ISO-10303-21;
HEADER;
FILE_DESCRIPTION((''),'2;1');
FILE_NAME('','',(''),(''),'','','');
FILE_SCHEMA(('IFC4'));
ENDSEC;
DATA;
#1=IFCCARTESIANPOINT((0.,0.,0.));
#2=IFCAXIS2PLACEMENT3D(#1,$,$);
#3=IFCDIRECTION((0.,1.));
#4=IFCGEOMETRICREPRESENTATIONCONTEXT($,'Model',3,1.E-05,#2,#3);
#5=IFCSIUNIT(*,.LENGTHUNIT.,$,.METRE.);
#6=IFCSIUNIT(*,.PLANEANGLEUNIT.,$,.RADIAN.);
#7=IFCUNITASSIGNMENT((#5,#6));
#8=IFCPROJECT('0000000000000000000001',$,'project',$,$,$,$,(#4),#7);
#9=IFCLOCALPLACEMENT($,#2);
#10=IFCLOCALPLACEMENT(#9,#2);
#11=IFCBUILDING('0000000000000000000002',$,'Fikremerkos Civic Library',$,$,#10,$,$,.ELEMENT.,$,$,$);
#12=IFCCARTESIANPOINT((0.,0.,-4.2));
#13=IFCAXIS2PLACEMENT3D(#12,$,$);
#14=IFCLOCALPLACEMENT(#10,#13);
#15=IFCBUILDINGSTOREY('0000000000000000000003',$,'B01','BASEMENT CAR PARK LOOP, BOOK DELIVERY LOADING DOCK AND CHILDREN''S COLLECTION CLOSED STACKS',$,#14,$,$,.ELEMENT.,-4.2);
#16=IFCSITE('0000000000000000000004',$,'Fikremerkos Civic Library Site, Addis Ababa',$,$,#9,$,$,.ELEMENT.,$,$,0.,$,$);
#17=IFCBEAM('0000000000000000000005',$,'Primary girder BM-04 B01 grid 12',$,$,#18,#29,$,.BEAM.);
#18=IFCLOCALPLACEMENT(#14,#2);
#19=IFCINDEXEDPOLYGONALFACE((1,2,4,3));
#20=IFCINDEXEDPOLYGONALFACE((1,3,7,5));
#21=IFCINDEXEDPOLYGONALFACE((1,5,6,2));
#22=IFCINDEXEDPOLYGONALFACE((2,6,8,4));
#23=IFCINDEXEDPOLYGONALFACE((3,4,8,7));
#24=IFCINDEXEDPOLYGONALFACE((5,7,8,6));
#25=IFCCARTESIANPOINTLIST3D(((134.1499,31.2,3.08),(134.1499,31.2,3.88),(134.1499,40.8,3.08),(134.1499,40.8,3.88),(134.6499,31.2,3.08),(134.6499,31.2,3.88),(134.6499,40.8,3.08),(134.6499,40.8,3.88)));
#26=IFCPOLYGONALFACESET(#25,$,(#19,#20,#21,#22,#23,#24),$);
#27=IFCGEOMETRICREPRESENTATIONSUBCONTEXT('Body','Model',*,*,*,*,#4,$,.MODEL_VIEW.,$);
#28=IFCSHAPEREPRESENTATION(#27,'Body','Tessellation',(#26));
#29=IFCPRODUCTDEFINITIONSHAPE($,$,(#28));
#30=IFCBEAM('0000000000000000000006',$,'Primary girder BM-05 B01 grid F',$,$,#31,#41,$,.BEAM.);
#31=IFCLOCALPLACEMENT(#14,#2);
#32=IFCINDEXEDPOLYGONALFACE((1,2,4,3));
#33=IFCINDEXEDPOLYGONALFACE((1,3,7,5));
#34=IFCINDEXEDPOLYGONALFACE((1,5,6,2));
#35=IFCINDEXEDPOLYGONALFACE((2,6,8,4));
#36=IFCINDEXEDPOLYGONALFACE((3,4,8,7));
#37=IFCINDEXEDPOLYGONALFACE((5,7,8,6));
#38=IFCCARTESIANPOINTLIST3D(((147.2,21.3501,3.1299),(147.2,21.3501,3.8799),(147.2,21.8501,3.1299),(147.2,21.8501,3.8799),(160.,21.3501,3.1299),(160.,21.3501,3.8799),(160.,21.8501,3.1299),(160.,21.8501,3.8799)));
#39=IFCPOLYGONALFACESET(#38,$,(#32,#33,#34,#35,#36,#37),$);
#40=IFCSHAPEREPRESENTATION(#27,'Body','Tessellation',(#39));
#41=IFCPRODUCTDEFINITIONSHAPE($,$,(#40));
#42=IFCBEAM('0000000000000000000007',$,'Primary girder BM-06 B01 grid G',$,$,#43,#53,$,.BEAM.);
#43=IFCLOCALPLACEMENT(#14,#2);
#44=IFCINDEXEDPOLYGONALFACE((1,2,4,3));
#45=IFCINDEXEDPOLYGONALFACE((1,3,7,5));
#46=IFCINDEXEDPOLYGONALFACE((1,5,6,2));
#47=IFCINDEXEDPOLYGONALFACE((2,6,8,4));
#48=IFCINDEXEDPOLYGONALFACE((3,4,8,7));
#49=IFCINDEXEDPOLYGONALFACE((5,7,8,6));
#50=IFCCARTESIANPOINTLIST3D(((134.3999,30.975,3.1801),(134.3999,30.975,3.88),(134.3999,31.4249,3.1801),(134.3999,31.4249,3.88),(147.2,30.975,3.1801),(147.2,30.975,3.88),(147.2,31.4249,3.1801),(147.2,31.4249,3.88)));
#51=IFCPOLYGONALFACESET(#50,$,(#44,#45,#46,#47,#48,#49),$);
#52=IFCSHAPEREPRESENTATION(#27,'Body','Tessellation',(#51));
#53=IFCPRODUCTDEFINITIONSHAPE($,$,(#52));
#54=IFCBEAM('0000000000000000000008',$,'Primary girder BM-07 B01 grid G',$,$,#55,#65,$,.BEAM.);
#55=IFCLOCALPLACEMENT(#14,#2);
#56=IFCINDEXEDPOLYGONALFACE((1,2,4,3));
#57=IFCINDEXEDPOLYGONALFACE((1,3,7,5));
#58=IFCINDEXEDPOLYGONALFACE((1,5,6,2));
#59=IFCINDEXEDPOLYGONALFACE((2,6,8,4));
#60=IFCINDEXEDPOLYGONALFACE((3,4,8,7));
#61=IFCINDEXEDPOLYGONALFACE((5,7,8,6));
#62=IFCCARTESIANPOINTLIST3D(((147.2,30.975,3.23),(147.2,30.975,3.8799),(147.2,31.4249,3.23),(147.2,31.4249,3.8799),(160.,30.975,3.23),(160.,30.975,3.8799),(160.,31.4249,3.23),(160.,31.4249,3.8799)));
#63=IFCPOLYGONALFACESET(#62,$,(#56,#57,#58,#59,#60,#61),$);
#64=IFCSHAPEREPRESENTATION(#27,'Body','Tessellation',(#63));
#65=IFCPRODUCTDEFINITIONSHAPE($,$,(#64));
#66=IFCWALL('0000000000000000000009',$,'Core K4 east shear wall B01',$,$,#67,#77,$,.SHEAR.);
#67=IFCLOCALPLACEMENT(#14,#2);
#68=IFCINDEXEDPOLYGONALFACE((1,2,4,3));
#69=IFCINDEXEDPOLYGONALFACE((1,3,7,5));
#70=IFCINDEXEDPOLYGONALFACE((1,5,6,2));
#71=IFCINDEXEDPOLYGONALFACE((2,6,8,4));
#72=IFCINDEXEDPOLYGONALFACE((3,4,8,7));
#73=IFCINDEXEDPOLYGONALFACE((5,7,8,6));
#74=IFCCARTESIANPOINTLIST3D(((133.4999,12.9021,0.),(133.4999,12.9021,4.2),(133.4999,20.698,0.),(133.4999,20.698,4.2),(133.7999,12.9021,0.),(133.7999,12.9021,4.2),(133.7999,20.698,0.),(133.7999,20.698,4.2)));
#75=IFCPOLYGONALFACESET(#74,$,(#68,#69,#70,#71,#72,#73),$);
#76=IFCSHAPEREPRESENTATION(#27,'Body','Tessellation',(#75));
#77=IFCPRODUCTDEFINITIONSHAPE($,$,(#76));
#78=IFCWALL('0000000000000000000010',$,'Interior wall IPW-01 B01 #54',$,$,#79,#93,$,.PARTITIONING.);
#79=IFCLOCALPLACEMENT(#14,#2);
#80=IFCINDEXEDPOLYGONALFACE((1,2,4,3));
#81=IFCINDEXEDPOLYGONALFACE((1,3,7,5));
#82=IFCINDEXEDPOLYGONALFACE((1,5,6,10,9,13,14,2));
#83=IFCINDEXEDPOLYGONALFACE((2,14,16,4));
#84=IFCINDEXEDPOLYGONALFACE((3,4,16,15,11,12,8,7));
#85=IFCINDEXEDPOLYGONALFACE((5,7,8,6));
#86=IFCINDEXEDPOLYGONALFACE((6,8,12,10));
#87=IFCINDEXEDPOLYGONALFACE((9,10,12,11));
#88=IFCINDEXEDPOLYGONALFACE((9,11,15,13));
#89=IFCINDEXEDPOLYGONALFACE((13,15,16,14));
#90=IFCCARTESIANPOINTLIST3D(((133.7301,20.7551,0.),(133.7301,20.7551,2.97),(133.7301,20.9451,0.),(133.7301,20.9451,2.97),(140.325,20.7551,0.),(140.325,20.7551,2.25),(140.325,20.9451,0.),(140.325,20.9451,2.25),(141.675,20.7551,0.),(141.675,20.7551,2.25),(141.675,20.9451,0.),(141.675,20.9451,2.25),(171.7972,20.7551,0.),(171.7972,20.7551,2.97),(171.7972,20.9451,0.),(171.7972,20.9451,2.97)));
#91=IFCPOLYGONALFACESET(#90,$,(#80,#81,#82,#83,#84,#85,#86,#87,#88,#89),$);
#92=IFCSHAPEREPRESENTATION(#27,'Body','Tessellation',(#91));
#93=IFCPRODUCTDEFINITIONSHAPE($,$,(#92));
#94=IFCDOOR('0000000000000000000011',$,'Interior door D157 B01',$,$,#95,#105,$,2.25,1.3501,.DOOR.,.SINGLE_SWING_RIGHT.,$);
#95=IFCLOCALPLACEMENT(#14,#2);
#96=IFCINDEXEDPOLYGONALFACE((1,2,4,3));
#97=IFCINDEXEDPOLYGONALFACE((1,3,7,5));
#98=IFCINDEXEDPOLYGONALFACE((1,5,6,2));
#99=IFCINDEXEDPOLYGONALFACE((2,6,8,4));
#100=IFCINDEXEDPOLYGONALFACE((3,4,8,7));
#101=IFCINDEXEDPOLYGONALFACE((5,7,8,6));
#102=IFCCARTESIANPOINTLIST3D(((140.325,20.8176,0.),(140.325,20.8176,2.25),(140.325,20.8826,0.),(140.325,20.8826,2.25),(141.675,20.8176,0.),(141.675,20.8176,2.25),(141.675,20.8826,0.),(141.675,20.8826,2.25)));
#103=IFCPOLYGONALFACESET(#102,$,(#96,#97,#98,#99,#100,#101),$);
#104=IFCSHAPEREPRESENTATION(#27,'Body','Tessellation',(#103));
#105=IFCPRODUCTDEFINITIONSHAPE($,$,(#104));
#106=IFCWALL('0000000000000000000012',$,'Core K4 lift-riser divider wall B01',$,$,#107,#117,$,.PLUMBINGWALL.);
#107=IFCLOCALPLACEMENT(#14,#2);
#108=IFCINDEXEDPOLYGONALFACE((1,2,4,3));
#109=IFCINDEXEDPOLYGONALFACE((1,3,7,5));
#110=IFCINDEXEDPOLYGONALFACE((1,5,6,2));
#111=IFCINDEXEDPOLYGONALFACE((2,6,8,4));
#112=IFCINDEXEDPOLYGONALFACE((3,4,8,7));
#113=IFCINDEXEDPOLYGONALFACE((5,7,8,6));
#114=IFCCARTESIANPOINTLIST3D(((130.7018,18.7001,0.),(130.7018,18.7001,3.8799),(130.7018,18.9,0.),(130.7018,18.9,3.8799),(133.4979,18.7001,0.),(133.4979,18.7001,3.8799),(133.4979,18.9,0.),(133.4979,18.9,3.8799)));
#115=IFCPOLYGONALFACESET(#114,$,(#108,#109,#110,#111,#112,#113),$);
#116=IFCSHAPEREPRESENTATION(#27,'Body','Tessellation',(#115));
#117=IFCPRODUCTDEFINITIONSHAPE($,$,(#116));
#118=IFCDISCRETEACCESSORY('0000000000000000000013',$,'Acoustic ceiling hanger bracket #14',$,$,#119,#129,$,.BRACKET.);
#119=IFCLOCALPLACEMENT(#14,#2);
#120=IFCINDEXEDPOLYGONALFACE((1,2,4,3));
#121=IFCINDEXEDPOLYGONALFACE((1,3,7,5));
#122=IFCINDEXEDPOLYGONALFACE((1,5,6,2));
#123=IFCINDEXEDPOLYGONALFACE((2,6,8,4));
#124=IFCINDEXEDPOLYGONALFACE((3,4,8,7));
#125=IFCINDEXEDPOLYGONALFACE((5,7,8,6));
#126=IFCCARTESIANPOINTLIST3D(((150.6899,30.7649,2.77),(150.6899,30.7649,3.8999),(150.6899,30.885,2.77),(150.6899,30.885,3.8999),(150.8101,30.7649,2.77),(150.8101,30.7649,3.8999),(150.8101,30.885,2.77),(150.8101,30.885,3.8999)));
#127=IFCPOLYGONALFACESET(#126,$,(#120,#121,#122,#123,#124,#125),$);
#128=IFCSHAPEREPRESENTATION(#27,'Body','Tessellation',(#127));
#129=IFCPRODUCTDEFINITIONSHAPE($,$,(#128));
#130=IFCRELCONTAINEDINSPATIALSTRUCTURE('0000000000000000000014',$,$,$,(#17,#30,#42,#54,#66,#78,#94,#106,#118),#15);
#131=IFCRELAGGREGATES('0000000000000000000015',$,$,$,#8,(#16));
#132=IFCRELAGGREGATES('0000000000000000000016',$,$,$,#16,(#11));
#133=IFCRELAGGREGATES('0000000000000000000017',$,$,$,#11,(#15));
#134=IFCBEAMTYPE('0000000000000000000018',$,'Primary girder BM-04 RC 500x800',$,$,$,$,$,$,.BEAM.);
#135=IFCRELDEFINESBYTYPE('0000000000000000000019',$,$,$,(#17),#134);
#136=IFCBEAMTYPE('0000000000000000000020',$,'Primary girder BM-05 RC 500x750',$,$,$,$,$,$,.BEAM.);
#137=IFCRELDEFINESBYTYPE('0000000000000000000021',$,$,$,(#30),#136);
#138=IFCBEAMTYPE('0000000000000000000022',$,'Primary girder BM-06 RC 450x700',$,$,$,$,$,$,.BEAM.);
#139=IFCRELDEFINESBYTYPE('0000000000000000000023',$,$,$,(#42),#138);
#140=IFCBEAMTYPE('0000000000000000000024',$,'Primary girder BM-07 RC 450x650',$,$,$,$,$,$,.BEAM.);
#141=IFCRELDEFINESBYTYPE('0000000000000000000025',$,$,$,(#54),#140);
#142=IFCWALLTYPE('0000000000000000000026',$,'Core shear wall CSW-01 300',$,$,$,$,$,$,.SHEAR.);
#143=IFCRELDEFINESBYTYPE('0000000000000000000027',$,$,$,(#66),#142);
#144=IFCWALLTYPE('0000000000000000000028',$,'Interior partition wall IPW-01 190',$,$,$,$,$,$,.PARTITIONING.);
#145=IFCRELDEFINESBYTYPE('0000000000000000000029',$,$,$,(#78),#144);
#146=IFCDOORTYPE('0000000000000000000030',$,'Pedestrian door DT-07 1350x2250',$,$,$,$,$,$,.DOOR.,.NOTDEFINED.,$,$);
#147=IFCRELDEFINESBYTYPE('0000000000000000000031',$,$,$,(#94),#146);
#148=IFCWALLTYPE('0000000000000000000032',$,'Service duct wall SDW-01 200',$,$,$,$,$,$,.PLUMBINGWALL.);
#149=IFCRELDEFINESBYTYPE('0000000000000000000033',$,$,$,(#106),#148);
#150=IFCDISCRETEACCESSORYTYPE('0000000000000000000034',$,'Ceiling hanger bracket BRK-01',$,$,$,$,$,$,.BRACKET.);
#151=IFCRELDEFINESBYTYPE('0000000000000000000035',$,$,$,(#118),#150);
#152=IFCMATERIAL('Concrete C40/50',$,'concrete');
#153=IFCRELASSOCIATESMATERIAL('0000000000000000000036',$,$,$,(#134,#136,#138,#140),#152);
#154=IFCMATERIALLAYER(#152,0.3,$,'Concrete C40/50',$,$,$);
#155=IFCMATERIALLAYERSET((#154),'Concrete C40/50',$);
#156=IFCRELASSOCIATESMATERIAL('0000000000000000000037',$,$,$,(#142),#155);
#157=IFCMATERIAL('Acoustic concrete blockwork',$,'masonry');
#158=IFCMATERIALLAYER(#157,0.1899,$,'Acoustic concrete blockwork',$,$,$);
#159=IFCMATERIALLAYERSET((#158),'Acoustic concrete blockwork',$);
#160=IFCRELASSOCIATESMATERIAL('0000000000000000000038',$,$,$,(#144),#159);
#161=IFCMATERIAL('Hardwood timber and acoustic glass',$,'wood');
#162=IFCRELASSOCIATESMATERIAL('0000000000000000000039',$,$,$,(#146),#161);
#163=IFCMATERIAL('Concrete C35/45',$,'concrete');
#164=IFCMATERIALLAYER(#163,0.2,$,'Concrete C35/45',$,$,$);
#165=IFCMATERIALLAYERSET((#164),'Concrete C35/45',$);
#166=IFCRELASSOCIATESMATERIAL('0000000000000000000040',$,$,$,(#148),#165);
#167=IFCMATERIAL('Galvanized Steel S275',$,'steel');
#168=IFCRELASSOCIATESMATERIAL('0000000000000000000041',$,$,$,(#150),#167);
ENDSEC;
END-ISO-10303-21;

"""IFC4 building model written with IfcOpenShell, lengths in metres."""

from ifc_helpers import new_model, si_unit, direction, frame, frame_2d, origin, origin_2d, place, context, subcontext, project, spatial, rectangle, extrude, material, layer, layer_set, material_profile, profile_set, type_object, element, fill, save


model = new_model("IFC4")

# Units and contexts
model_context = context("Model", 3, precision=1e-05, world=origin(), true_north=direction((0.0, 1.0)))
body_context = subcontext(model_context, "Body", "Model", "MODEL_VIEW")
ifc_project = project(units=[si_unit("LENGTHUNIT", "METRE"), si_unit("PLANEANGLEUNIT", "RADIAN")], contexts=[model_context])

# Site, building, storey
site_placement = place(None, origin())
site = spatial("IfcSite", under=ifc_project, at=site_placement, Name="Fikremerkos Civic Library Site, Addis Ababa", CompositionType="ELEMENT", RefElevation=0.0)
building_placement = place(site_placement, origin())
building = spatial("IfcBuilding", under=site, at=building_placement, Name="Fikremerkos Civic Library", CompositionType="ELEMENT")
storey_placement = place(building_placement, frame((0.0, 0.0, -4.2)))
storey = spatial("IfcBuildingStorey", under=building, at=storey_placement, Name="B01", Description="BASEMENT CAR PARK LOOP, BOOK DELIVERY LOADING DOCK AND CHILDREN'S COLLECTION CLOSED STACKS", CompositionType="ELEMENT", Elevation=-4.2)

# Shared definitions
ifc_material_1 = material(Name="Concrete C40/50", Category="concrete")

# Beams
ifc_material_profile_1 = material_profile(ifc_material_1, rectangle(XDim=0.5, YDim=0.8, at=origin_2d()), Name="RC 500x800")
ifc_profile_set_1 = profile_set([ifc_material_profile_1], Name="Concrete C40/50")
beam_type_1 = type_object("IfcBeamType", Name="Primary girder BM-04 RC 500x800", PredefinedType="BEAM", material=ifc_profile_set_1)
beam_1_placement = place(storey_placement, frame((134.3999, 31.2, 3.48), z_axis=(0.0, 1.0, 0.0), x_axis=(-1.0, 0.0, 0.0)))
element("IfcBeam", 1, at=beam_1_placement, inside=storey, type_object=beam_type_1, Name="Primary girder BM-04 B01 grid 12", PredefinedType="BEAM", context=body_context, shape_type="SweptSolid", body=[
    extrude(rectangle(XDim=0.5, YDim=0.8, at=origin_2d()), origin(), (0.0, 0.0, 1.0), 9.6001),
])
ifc_material_profile_2 = material_profile(ifc_material_1, rectangle(XDim=0.5, YDim=0.75, at=origin_2d()), Name="RC 500x750")
ifc_profile_set_2 = profile_set([ifc_material_profile_2], Name="Concrete C40/50")
beam_type_2 = type_object("IfcBeamType", Name="Primary girder BM-05 RC 500x750", PredefinedType="BEAM", material=ifc_profile_set_2)
beam_2_placement = place(storey_placement, frame((147.2, 21.6001, 3.5049), z_axis=(1.0, 0.0, 0.0), x_axis=(0.0, 1.0, 0.0)))
element("IfcBeam", 2, at=beam_2_placement, inside=storey, type_object=beam_type_2, Name="Primary girder BM-05 B01 grid F", PredefinedType="BEAM", context=body_context, shape_type="SweptSolid", body=[
    extrude(rectangle(XDim=0.5, YDim=0.75, at=origin_2d()), origin(), (0.0, 0.0, 1.0), 12.8),
])
ifc_material_profile_3 = material_profile(ifc_material_1, rectangle(XDim=0.45, YDim=0.7, at=origin_2d()), Name="RC 450x700")
ifc_profile_set_3 = profile_set([ifc_material_profile_3], Name="Concrete C40/50")
beam_type_3 = type_object("IfcBeamType", Name="Primary girder BM-06 RC 450x700", PredefinedType="BEAM", material=ifc_profile_set_3)
beam_3_placement = place(storey_placement, frame((134.3999, 31.2, 3.53), z_axis=(1.0, 0.0, 0.0), x_axis=(0.0, 1.0, 0.0)))
element("IfcBeam", 3, at=beam_3_placement, inside=storey, type_object=beam_type_3, Name="Primary girder BM-06 B01 grid G", PredefinedType="BEAM", context=body_context, shape_type="SweptSolid", body=[
    extrude(rectangle(XDim=0.45, YDim=0.7, at=origin_2d()), origin(), (0.0, 0.0, 1.0), 12.8),
])
ifc_material_profile_4 = material_profile(ifc_material_1, rectangle(XDim=0.45, YDim=0.6499, at=origin_2d()), Name="RC 450x650")
ifc_profile_set_4 = profile_set([ifc_material_profile_4], Name="Concrete C40/50")
beam_type_4 = type_object("IfcBeamType", Name="Primary girder BM-07 RC 450x650", PredefinedType="BEAM", material=ifc_profile_set_4)
beam_4_placement = place(storey_placement, frame((147.2, 31.2, 3.5549), z_axis=(1.0, 0.0, 0.0), x_axis=(0.0, 1.0, 0.0)))
element("IfcBeam", 4, at=beam_4_placement, inside=storey, type_object=beam_type_4, Name="Primary girder BM-07 B01 grid G", PredefinedType="BEAM", context=body_context, shape_type="SweptSolid", body=[
    extrude(rectangle(XDim=0.45, YDim=0.6499, at=origin_2d()), origin(), (0.0, 0.0, 1.0), 12.8),
])

# Wall
ifc_layer_1 = layer(ifc_material_1, 0.3, Name="Concrete C40/50")
ifc_layer_set_1 = layer_set([ifc_layer_1], Name="Concrete C40/50")
wall_type_1 = type_object("IfcWallType", Name="Core shear wall CSW-01 300", PredefinedType="SHEAR", material=ifc_layer_set_1)
wall_1_placement = place(storey_placement, frame((133.6499, 20.698, 0.0), z_axis=(0.0, 0.0, 1.0), x_axis=(0.0, -1.0, 0.0)))
element("IfcWall", 5, at=wall_1_placement, inside=storey, type_object=wall_type_1, Name="Core K4 east shear wall B01", PredefinedType="SHEAR", context=body_context, shape_type="SweptSolid", body=[
    extrude(rectangle(XDim=7.7959, YDim=0.3, at=frame_2d((3.8979, 0.0))), origin(), (0.0, 0.0, 1.0), 4.2),
])

# Wall, opening, door
ifc_material_2 = material(Name="Acoustic concrete blockwork", Category="masonry")
ifc_layer_2 = layer(ifc_material_2, 0.1899, Name="Acoustic concrete blockwork")
ifc_layer_set_2 = layer_set([ifc_layer_2], Name="Acoustic concrete blockwork")
wall_type_2 = type_object("IfcWallType", Name="Interior partition wall IPW-01 190", PredefinedType="PARTITIONING", material=ifc_layer_set_2)
wall_2_placement = place(storey_placement, frame((133.73, 20.8501, 0.0), z_axis=(0.0, 0.0, 1.0), x_axis=(1.0, 0.0, 0.0)))
wall_2 = element("IfcWall", 6, at=wall_2_placement, inside=storey, type_object=wall_type_2, Name="Interior wall IPW-01 B01 #54", PredefinedType="PARTITIONING", context=body_context, shape_type="SweptSolid", body=[
    extrude(rectangle(XDim=38.0671, YDim=0.1899, at=frame_2d((19.0337, 0.0))), origin(), (0.0, 0.0, 1.0), 2.97),
])
opening_placement = place(wall_2_placement, frame((6.595, 0.0, 0.0)))
opening = element("IfcOpeningElement", 7, at=opening_placement, cuts=wall_2, PredefinedType="OPENING", context=body_context, shape_type="SweptSolid", body=[
    extrude(rectangle(XDim=1.3501, YDim=2.25, at=frame_2d((0.675, 1.125))), frame((0.0, 0.105, 0.0), z_axis=(0.0, -1.0, 0.0), x_axis=(1.0, 0.0, 0.0)), (0.0, 0.0, 1.0), 0.21),
])
ifc_material_3 = material(Name="Hardwood timber and acoustic glass", Category="wood")
door_type = type_object("IfcDoorType", Name="Pedestrian door DT-07 1350x2250", OperationType="NOTDEFINED", PredefinedType="DOOR", material=ifc_material_3)
door_placement = place(opening_placement, origin())
door = element("IfcDoor", 8, at=door_placement, inside=storey, type_object=door_type, Name="Interior door D157 B01", OperationType="SINGLE_SWING_RIGHT", OverallHeight=2.25, OverallWidth=1.3501, PredefinedType="DOOR", context=body_context, shape_type="SweptSolid", body=[
    extrude(rectangle(XDim=1.3501, YDim=2.25, at=frame_2d((0.675, 1.125))), frame((0.0, 0.0325, 0.0), z_axis=(0.0, -1.0, 0.0), x_axis=(1.0, 0.0, 0.0)), (0.0, 0.0, 1.0), 0.0649),
])
fill(opening, door)

# Wall
ifc_material_4 = material(Name="Concrete C35/45", Category="concrete")
ifc_layer_3 = layer(ifc_material_4, 0.2, Name="Concrete C35/45")
ifc_layer_set_3 = layer_set([ifc_layer_3], Name="Concrete C35/45")
wall_type_3 = type_object("IfcWallType", Name="Service duct wall SDW-01 200", PredefinedType="PLUMBINGWALL", material=ifc_layer_set_3)
wall_3_placement = place(storey_placement, frame((130.7019, 18.8, 0.0), z_axis=(0.0, 0.0, 1.0), x_axis=(1.0, 0.0, 0.0)))
element("IfcWall", 9, at=wall_3_placement, inside=storey, type_object=wall_type_3, Name="Core K4 lift-riser divider wall B01", PredefinedType="PLUMBINGWALL", context=body_context, shape_type="SweptSolid", body=[
    extrude(rectangle(XDim=2.7961, YDim=0.2, at=frame_2d((1.3979, 0.0))), origin(), (0.0, 0.0, 1.0), 3.8799),
])

# Discrete accessory
ifc_material_5 = material(Name="Galvanized Steel S275", Category="steel")
discrete_accessory_type = type_object("IfcDiscreteAccessoryType", Name="Ceiling hanger bracket BRK-01", PredefinedType="BRACKET", material=ifc_material_5)
discrete_accessory_placement = place(storey_placement, frame((150.75, 30.825, 2.77), z_axis=(0.0, 0.0, 1.0), x_axis=(1.0, 0.0, 0.0)))
element("IfcDiscreteAccessory", 10, at=discrete_accessory_placement, inside=storey, type_object=discrete_accessory_type, Name="Acoustic ceiling hanger bracket #14", PredefinedType="BRACKET", context=body_context, shape_type="SweptSolid", body=[
    extrude(rectangle(XDim=0.1201, YDim=0.1201, at=origin_2d()), origin(), (0.0, 0.0, 1.0), 1.1299),
])

save(model, "model.ifc")
